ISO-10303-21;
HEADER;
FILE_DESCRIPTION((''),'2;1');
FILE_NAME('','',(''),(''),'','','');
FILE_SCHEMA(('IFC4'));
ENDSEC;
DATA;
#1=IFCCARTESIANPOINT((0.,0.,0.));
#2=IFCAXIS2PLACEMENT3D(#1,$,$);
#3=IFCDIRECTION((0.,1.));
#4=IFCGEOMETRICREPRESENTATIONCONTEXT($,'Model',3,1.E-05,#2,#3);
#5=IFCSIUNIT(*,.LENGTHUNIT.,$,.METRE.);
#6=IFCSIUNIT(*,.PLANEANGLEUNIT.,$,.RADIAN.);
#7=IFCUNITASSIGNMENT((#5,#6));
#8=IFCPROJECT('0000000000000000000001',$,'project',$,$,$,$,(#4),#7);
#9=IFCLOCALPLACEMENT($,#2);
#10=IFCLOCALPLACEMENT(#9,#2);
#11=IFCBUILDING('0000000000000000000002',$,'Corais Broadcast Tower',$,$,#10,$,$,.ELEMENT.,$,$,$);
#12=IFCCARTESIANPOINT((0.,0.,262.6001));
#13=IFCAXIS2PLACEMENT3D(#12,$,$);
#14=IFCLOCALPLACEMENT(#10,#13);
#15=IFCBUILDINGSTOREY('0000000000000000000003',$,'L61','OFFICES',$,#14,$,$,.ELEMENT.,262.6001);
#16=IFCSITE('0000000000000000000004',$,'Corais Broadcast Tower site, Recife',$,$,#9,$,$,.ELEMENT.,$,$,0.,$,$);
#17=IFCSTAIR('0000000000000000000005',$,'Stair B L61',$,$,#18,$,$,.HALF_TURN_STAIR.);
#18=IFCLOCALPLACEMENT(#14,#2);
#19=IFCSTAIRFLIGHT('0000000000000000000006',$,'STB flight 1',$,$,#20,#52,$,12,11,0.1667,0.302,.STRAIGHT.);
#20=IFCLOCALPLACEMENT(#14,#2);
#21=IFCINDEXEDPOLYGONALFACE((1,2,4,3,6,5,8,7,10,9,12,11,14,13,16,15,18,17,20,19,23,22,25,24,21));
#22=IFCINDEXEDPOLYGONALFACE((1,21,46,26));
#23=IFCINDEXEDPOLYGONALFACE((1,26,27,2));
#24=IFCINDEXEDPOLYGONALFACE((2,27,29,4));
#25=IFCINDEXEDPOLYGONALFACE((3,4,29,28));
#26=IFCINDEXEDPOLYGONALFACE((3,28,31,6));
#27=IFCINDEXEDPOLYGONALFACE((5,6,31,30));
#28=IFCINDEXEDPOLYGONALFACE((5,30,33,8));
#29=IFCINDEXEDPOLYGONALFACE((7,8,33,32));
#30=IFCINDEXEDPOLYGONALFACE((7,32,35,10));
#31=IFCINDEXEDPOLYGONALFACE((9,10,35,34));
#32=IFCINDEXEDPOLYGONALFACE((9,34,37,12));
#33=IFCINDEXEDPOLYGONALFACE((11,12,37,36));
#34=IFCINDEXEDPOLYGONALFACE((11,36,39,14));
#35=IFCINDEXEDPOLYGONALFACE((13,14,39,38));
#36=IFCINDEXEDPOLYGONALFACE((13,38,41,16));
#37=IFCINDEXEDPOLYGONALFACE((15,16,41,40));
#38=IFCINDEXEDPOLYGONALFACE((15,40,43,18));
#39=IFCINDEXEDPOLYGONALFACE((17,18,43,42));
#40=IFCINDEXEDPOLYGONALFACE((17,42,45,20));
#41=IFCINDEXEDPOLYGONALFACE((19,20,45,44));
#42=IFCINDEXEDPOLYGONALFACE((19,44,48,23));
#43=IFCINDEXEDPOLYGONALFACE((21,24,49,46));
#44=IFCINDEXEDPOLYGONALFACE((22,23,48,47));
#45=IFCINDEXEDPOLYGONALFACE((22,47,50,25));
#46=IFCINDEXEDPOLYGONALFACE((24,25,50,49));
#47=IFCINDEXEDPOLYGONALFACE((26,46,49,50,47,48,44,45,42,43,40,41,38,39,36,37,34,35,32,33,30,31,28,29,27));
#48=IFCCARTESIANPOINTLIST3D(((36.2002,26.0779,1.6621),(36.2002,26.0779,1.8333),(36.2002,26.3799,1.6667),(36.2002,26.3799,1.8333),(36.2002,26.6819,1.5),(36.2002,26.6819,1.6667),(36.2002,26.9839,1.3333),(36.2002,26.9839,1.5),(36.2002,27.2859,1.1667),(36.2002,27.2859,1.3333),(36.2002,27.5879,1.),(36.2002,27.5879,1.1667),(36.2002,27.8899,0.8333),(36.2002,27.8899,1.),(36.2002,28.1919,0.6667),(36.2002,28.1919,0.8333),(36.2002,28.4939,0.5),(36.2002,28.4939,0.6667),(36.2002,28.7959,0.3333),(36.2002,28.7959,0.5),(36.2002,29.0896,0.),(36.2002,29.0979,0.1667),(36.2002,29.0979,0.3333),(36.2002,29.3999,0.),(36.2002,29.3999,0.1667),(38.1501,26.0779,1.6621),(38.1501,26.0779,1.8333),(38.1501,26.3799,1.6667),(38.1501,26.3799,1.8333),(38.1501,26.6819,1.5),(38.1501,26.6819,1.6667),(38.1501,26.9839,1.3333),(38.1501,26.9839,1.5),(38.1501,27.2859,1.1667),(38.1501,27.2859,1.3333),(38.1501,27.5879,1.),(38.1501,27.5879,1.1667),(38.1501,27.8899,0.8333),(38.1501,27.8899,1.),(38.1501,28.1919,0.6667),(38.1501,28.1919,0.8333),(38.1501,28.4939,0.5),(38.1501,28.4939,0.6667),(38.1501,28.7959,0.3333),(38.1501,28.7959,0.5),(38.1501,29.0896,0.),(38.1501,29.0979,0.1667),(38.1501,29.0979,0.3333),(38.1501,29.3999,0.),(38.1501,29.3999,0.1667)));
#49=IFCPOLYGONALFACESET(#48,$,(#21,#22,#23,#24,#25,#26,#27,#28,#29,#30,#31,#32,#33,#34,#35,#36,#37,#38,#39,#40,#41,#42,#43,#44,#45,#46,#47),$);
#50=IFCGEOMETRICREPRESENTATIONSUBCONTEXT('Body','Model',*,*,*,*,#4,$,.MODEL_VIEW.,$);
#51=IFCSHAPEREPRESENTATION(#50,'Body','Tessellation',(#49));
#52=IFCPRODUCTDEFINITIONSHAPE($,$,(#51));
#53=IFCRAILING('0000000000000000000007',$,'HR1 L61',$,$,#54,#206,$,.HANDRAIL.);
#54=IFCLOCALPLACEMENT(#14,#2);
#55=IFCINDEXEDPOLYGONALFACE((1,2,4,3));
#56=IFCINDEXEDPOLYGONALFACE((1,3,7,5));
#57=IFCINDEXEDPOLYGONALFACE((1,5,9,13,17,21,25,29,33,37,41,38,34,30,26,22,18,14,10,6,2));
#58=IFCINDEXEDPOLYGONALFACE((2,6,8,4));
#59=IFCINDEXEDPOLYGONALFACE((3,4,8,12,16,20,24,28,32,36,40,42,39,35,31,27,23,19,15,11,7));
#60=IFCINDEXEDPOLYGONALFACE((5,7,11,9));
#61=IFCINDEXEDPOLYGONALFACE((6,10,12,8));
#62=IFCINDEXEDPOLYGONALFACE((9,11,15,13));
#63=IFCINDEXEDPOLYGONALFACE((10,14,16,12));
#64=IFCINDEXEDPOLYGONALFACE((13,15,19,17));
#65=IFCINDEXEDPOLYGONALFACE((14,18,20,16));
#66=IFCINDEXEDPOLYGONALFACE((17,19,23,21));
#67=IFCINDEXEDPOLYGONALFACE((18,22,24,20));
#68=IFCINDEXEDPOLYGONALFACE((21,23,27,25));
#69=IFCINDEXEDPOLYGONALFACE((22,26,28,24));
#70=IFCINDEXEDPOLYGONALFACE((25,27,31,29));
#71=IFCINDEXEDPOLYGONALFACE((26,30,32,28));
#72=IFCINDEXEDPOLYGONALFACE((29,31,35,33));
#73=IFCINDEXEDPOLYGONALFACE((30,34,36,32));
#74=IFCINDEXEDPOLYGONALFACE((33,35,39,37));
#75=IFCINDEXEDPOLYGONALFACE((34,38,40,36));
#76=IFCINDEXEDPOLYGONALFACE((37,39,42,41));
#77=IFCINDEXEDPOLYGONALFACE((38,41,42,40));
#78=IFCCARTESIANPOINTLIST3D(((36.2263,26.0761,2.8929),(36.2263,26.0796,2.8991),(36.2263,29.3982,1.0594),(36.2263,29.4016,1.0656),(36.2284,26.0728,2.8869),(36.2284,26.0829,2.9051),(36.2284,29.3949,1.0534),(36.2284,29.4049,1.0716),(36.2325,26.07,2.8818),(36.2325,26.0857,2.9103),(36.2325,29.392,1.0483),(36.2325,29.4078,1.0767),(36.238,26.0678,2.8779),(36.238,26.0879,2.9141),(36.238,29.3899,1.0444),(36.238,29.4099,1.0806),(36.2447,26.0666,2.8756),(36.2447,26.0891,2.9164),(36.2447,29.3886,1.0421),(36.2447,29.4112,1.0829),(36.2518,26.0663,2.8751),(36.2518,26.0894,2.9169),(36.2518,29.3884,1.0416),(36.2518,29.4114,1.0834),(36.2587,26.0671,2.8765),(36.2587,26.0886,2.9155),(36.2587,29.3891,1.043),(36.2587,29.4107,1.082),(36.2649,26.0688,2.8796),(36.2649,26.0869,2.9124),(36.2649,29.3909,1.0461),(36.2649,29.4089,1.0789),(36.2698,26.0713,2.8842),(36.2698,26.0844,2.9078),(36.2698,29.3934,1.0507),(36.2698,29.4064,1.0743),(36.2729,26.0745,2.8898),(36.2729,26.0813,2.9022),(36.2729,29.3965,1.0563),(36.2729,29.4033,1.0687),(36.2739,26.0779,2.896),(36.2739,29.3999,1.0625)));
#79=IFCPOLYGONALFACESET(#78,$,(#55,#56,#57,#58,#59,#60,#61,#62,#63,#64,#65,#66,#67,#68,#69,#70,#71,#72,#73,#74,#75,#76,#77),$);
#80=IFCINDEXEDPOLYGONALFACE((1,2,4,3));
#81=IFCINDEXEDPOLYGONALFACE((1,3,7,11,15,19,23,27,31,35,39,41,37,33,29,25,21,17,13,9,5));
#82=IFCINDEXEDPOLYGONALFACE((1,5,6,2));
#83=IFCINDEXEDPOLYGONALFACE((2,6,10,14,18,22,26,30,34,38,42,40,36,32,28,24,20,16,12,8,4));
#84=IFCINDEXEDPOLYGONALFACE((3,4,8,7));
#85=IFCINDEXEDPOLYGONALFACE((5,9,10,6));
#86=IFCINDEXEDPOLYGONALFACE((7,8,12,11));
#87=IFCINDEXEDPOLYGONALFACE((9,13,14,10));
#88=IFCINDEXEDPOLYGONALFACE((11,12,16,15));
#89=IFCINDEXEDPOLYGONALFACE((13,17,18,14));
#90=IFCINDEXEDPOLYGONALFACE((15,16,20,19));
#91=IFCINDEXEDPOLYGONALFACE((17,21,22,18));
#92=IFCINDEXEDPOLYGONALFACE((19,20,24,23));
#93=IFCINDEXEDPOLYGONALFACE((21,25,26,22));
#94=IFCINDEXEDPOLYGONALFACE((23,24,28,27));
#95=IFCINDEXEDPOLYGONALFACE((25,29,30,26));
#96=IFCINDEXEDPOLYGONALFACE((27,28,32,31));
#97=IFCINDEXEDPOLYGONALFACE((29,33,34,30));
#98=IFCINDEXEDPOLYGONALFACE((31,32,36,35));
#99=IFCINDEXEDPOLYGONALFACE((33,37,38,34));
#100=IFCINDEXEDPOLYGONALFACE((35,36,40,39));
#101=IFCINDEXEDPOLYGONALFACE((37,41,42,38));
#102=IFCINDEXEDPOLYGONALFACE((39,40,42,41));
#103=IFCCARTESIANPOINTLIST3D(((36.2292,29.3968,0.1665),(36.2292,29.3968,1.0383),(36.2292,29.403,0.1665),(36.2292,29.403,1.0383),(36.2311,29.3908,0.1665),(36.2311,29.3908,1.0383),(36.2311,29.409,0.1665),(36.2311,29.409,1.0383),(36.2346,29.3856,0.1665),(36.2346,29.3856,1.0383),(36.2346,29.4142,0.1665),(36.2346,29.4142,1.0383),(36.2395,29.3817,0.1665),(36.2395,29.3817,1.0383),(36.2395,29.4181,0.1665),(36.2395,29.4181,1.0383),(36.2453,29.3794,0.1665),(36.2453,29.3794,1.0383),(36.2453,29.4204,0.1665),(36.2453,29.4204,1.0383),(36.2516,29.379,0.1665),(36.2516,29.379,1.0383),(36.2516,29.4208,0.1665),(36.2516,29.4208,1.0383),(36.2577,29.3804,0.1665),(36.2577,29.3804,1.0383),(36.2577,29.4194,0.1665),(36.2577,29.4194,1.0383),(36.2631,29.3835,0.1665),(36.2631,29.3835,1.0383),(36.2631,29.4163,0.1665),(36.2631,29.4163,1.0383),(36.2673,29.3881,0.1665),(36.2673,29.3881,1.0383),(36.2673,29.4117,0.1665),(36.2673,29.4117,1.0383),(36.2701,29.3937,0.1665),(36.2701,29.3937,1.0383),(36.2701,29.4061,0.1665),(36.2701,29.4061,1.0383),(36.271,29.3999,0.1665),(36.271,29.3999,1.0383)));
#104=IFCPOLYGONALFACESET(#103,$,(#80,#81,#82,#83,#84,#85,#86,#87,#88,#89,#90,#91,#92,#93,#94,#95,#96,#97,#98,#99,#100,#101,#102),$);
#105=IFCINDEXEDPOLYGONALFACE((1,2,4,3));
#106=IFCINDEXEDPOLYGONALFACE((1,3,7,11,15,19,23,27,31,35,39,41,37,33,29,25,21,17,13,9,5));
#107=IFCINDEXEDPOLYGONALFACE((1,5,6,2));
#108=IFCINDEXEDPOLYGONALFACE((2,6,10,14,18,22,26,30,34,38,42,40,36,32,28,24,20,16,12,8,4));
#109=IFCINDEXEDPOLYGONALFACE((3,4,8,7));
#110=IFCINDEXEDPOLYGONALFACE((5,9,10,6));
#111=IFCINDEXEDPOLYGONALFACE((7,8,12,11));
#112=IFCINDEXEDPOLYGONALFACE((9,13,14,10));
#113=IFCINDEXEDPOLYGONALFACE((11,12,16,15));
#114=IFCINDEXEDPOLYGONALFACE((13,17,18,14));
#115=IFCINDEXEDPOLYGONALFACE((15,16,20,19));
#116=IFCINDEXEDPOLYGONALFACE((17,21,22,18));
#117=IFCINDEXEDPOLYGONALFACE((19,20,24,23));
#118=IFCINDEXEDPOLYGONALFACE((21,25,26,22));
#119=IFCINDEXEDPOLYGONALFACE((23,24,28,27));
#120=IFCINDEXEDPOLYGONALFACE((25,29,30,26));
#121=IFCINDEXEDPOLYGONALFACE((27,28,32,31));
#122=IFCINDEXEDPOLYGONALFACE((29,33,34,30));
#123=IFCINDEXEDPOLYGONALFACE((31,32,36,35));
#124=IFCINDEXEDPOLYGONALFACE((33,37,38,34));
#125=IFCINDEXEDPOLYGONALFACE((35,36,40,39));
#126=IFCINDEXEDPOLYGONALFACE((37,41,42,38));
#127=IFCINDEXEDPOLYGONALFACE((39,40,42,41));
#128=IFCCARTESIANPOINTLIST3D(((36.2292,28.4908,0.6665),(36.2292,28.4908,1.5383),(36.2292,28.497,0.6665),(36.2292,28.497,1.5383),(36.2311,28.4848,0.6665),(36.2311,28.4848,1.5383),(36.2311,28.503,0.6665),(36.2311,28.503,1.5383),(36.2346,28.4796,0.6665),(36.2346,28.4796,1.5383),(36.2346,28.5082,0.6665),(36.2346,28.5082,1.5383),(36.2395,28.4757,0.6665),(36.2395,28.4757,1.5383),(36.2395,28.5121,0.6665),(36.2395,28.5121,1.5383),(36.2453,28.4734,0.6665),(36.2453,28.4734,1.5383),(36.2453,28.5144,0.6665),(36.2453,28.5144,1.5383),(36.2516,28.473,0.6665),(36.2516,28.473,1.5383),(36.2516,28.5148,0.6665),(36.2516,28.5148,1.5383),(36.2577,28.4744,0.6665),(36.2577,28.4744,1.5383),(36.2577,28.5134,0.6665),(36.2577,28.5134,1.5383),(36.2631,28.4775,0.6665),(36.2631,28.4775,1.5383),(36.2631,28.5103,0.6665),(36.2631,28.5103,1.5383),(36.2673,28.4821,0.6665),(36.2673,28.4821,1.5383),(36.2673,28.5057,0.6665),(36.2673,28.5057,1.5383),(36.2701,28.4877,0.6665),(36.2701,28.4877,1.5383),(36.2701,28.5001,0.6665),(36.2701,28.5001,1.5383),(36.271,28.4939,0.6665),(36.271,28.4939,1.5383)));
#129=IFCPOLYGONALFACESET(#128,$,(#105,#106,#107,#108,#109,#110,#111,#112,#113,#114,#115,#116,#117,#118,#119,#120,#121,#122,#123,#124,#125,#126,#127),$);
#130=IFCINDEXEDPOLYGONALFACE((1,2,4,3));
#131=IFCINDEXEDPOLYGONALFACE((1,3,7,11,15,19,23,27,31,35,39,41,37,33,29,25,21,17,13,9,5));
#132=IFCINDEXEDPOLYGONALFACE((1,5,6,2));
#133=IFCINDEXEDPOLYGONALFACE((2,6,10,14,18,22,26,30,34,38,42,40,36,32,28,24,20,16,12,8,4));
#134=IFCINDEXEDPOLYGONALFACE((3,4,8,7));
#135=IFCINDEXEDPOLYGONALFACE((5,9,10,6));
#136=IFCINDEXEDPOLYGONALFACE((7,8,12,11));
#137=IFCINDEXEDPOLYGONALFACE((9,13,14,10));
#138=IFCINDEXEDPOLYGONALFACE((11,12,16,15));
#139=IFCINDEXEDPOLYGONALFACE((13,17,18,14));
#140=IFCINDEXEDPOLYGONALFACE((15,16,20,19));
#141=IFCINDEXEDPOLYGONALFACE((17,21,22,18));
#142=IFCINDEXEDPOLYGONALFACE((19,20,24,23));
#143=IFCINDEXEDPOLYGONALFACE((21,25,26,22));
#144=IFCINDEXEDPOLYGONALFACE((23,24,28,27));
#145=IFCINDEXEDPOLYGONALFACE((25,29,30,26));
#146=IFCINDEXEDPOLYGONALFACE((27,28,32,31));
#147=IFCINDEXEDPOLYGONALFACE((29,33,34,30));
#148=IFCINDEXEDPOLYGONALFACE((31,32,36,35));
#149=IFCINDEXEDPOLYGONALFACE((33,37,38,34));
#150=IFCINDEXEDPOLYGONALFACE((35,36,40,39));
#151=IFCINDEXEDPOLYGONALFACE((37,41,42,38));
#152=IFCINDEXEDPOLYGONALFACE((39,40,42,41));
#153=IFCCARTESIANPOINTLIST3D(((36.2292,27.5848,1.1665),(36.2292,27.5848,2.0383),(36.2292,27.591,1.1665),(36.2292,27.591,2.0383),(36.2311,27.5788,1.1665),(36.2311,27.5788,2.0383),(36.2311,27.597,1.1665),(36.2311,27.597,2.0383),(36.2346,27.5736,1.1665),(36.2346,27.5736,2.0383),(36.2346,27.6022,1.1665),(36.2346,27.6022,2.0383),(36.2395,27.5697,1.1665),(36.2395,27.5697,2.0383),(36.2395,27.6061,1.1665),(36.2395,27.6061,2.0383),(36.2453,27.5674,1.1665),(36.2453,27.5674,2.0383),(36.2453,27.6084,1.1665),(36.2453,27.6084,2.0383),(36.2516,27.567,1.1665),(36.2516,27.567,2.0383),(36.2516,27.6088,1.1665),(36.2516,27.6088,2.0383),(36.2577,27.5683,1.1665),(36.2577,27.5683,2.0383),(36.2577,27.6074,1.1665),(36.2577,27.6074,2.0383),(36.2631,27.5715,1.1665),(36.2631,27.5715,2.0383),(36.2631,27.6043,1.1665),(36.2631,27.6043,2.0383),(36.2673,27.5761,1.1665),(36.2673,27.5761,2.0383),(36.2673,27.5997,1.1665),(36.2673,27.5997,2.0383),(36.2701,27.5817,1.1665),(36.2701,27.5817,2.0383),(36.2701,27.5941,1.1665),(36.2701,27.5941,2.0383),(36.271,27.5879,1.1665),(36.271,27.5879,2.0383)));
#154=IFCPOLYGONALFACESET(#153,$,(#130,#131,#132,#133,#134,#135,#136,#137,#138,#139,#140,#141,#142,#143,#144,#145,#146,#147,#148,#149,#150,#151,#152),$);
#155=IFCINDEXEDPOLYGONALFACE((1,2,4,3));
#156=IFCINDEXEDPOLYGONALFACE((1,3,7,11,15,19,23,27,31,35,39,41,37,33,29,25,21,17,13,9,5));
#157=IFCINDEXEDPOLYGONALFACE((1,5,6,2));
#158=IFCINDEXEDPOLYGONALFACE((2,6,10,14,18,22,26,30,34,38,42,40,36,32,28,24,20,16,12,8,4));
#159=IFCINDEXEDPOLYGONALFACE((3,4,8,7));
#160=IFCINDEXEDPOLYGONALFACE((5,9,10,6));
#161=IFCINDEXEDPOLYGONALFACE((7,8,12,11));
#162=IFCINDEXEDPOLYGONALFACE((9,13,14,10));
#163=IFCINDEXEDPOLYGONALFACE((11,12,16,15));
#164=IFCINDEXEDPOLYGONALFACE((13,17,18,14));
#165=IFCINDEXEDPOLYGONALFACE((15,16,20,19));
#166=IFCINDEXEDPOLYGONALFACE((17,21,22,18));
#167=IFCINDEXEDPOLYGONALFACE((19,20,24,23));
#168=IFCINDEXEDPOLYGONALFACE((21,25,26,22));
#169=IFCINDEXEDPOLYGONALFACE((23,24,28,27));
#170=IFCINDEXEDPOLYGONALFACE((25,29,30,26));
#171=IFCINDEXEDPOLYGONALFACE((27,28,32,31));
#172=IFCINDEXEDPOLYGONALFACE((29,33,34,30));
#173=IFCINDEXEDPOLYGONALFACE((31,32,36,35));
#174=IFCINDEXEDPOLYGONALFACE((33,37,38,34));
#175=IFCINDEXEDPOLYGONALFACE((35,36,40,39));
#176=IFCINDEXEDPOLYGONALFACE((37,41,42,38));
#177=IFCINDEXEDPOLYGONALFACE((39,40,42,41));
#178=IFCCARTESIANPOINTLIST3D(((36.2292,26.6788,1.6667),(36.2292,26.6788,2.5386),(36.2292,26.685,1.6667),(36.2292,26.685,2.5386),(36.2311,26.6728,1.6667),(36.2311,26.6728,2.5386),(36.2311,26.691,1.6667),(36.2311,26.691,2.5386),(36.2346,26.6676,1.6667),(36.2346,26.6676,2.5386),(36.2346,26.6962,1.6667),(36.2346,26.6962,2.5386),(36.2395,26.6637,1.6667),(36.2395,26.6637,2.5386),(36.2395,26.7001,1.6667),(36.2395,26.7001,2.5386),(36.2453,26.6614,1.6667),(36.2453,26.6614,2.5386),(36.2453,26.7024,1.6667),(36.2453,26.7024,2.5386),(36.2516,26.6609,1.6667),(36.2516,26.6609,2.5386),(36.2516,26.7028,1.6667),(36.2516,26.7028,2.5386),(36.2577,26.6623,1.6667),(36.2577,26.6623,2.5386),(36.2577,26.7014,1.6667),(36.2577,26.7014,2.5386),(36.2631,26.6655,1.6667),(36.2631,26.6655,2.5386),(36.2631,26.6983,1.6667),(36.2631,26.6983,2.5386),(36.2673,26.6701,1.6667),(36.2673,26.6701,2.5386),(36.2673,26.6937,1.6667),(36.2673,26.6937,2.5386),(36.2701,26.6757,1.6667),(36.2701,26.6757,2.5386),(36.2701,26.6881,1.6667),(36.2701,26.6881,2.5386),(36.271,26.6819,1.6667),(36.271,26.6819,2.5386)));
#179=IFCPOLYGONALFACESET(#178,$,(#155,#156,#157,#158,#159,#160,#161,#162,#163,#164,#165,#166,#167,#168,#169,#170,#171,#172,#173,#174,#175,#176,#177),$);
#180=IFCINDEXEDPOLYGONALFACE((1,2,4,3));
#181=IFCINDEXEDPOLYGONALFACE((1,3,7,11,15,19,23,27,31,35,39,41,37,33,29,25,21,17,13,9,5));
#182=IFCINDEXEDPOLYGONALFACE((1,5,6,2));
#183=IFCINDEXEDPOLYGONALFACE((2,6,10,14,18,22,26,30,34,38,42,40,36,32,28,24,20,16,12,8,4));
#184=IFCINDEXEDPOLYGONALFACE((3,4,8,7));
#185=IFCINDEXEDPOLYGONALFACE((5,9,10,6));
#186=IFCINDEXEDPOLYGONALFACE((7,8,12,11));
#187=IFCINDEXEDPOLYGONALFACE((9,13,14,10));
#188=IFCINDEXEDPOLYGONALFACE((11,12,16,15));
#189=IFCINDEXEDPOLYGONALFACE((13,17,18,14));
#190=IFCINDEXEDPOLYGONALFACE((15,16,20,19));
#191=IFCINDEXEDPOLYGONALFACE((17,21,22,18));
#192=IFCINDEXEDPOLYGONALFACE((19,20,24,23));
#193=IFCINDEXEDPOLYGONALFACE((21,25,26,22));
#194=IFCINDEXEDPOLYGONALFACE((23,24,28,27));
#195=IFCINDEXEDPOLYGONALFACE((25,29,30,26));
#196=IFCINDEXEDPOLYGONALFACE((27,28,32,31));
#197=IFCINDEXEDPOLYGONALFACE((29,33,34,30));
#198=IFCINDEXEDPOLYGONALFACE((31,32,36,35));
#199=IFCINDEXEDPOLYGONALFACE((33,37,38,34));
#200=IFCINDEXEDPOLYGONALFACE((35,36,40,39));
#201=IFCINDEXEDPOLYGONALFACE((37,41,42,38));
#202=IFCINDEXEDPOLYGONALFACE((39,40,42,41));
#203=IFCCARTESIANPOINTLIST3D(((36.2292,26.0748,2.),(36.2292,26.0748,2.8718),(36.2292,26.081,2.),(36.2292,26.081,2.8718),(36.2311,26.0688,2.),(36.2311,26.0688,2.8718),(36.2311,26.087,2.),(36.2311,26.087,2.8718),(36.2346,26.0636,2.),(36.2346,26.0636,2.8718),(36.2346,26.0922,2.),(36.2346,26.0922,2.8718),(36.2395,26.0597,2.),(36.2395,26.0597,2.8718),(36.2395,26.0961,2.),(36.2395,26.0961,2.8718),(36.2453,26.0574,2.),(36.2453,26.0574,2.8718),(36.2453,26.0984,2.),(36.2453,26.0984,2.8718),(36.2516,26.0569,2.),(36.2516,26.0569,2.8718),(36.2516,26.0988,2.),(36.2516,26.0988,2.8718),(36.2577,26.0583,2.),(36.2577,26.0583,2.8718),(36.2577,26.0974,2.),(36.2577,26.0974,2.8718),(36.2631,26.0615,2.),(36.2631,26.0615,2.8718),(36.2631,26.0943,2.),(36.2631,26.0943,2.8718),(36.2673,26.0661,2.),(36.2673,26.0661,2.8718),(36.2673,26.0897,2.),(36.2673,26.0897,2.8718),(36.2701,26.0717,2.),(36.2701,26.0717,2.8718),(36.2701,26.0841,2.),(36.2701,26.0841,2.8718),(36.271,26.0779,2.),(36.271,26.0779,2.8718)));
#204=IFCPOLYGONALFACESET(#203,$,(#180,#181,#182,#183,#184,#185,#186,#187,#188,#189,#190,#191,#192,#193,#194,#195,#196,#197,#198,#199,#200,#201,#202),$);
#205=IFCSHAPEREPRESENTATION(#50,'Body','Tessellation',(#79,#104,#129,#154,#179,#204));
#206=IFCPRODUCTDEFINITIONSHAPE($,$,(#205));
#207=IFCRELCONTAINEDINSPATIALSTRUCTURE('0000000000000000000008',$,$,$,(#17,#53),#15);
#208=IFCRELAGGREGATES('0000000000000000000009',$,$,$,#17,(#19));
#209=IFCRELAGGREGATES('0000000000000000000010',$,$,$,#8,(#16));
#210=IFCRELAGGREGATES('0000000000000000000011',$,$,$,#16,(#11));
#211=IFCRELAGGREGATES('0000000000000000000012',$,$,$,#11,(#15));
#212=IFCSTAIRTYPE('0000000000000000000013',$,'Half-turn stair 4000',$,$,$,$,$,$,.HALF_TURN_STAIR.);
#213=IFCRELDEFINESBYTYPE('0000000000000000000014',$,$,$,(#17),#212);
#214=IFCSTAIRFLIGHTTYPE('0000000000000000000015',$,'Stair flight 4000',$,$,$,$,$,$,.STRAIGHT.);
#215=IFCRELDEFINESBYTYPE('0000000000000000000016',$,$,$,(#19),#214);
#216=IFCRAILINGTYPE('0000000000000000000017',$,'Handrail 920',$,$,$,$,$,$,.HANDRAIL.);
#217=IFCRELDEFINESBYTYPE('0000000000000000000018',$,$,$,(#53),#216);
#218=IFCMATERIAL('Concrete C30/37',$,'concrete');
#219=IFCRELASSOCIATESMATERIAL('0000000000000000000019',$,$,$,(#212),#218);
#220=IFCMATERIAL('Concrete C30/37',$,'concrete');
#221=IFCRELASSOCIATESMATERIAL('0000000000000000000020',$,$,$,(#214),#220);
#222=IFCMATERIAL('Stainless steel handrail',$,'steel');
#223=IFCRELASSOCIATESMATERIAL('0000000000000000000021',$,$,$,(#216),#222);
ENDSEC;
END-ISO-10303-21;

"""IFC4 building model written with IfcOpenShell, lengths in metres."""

from ifc_helpers import new_model, si_unit, direction, frame, origin, origin_2d, place, context, subcontext, project, spatial, polyline, circle, outline, extrude, material, type_object, element, aggregate, save


model = new_model("IFC4")

# Units and contexts
model_context = context("Model", 3, precision=1e-05, world=origin(), true_north=direction((0.0, 1.0)))
body_context = subcontext(model_context, "Body", "Model", "MODEL_VIEW")
ifc_project = project(units=[si_unit("LENGTHUNIT", "METRE"), si_unit("PLANEANGLEUNIT", "RADIAN")], contexts=[model_context])

# Site, building, storey
site_placement = place(None, origin())
site = spatial("IfcSite", under=ifc_project, at=site_placement, Name="Corais Broadcast Tower site, Recife", CompositionType="ELEMENT", RefElevation=0.0)
building_placement = place(site_placement, origin())
building = spatial("IfcBuilding", under=site, at=building_placement, Name="Corais Broadcast Tower", CompositionType="ELEMENT")
storey_placement = place(building_placement, frame((0.0, 0.0, 262.6001)))
storey = spatial("IfcBuildingStorey", under=building, at=storey_placement, Name="L61", Description="OFFICES", CompositionType="ELEMENT", Elevation=262.6001)

# Stair, stair flight
ifc_material_1 = material(Name="Concrete C30/37", Category="concrete")
stair_type = type_object("IfcStairType", Name="Half-turn stair 4000", PredefinedType="HALF_TURN_STAIR", material=ifc_material_1)
stair_placement = place(storey_placement, origin())
stair = element("IfcStair", 1, at=stair_placement, inside=storey, type_object=stair_type, Name="Stair B L61", PredefinedType="HALF_TURN_STAIR")
ifc_material_2 = material(Name="Concrete C30/37", Category="concrete")
stair_flight_type = type_object("IfcStairFlightType", Name="Stair flight 4000", PredefinedType="STRAIGHT", material=ifc_material_2)
stair_flight_placement = place(storey_placement, frame((37.175, 29.3999, 0.0), z_axis=(0.0, 0.0, 1.0), x_axis=(0.0, -1.0, 0.0)))
stair_flight = element("IfcStairFlight", 2, at=stair_flight_placement, type_object=stair_flight_type, Name="STB flight 1", NumberOfRisers=12, NumberOfTreads=11, PredefinedType="STRAIGHT", RiserHeight=0.1667, TreadLength=0.302, context=body_context, shape_type="SweptSolid", body=[
    extrude(outline(polyline([(0.0, 0.0), (0.0, 0.1667), (0.302, 0.1667), (0.302, 0.3333), (0.604, 0.3333), (0.604, 0.5), (0.906, 0.5), (0.906, 0.6667), (1.208, 0.6667), (1.208, 0.8333), (1.51, 0.8333), (1.51, 1.0), (1.812, 1.0), (1.812, 1.1667), (2.114, 1.1667), (2.114, 1.3333), (2.416, 1.3333), (2.416, 1.5), (2.718, 1.5), (2.718, 1.6667), (3.02, 1.6667), (3.02, 1.8333), (3.322, 1.8333), (3.322, 2.0), (3.322, 1.6621), (0.3103, 0.0), (0.0, 0.0)])), frame((0.0, 0.9751, 0.0), z_axis=(0.0, -1.0, 0.0), x_axis=(1.0, 0.0, 0.0)), (0.0, 0.0, 1.0), 1.95),
])
aggregate(stair, [stair_flight])

# Railing
ifc_material_3 = material(Name="Stainless steel handrail", Category="steel")
railing_type = type_object("IfcRailingType", Name="Handrail 920", PredefinedType="HANDRAIL", material=ifc_material_3)
for number, where, name in (
    (3, (36.25, 29.3999, 0.1665), "HR1 L61"),
):
    element("IfcRailing", number, at=place(storey_placement, frame(where)), inside=storey, type_object=railing_type, Name=name, PredefinedType="HANDRAIL", context=body_context, shape_type="SweptSolid", body=[
        extrude(circle(Radius=0.0239, at=origin_2d()), frame((0.0, 0.0, 0.896), z_axis=(0.0, -0.875504, 0.48321), x_axis=(1.0, 0.0, 0.0)), (0.0, 0.0, 1.0), 3.7944),
        extrude(circle(Radius=0.021, at=origin_2d()), origin(), (0.0, 0.0, 1.0), 0.8718),
        extrude(circle(Radius=0.021, at=origin_2d()), frame((0.0, -0.906, 0.5)), (0.0, 0.0, 1.0), 0.8718),
        extrude(circle(Radius=0.021, at=origin_2d()), frame((0.0, -1.812, 1.0)), (0.0, 0.0, 1.0), 0.8718),
        extrude(circle(Radius=0.021, at=origin_2d()), frame((0.0, -2.718, 1.5002)), (0.0, 0.0, 1.0), 0.8718),
        extrude(circle(Radius=0.021, at=origin_2d()), frame((0.0, -3.322, 1.8335)), (0.0, 0.0, 1.0), 0.8718),
    ])

save(model, "model.ifc")
